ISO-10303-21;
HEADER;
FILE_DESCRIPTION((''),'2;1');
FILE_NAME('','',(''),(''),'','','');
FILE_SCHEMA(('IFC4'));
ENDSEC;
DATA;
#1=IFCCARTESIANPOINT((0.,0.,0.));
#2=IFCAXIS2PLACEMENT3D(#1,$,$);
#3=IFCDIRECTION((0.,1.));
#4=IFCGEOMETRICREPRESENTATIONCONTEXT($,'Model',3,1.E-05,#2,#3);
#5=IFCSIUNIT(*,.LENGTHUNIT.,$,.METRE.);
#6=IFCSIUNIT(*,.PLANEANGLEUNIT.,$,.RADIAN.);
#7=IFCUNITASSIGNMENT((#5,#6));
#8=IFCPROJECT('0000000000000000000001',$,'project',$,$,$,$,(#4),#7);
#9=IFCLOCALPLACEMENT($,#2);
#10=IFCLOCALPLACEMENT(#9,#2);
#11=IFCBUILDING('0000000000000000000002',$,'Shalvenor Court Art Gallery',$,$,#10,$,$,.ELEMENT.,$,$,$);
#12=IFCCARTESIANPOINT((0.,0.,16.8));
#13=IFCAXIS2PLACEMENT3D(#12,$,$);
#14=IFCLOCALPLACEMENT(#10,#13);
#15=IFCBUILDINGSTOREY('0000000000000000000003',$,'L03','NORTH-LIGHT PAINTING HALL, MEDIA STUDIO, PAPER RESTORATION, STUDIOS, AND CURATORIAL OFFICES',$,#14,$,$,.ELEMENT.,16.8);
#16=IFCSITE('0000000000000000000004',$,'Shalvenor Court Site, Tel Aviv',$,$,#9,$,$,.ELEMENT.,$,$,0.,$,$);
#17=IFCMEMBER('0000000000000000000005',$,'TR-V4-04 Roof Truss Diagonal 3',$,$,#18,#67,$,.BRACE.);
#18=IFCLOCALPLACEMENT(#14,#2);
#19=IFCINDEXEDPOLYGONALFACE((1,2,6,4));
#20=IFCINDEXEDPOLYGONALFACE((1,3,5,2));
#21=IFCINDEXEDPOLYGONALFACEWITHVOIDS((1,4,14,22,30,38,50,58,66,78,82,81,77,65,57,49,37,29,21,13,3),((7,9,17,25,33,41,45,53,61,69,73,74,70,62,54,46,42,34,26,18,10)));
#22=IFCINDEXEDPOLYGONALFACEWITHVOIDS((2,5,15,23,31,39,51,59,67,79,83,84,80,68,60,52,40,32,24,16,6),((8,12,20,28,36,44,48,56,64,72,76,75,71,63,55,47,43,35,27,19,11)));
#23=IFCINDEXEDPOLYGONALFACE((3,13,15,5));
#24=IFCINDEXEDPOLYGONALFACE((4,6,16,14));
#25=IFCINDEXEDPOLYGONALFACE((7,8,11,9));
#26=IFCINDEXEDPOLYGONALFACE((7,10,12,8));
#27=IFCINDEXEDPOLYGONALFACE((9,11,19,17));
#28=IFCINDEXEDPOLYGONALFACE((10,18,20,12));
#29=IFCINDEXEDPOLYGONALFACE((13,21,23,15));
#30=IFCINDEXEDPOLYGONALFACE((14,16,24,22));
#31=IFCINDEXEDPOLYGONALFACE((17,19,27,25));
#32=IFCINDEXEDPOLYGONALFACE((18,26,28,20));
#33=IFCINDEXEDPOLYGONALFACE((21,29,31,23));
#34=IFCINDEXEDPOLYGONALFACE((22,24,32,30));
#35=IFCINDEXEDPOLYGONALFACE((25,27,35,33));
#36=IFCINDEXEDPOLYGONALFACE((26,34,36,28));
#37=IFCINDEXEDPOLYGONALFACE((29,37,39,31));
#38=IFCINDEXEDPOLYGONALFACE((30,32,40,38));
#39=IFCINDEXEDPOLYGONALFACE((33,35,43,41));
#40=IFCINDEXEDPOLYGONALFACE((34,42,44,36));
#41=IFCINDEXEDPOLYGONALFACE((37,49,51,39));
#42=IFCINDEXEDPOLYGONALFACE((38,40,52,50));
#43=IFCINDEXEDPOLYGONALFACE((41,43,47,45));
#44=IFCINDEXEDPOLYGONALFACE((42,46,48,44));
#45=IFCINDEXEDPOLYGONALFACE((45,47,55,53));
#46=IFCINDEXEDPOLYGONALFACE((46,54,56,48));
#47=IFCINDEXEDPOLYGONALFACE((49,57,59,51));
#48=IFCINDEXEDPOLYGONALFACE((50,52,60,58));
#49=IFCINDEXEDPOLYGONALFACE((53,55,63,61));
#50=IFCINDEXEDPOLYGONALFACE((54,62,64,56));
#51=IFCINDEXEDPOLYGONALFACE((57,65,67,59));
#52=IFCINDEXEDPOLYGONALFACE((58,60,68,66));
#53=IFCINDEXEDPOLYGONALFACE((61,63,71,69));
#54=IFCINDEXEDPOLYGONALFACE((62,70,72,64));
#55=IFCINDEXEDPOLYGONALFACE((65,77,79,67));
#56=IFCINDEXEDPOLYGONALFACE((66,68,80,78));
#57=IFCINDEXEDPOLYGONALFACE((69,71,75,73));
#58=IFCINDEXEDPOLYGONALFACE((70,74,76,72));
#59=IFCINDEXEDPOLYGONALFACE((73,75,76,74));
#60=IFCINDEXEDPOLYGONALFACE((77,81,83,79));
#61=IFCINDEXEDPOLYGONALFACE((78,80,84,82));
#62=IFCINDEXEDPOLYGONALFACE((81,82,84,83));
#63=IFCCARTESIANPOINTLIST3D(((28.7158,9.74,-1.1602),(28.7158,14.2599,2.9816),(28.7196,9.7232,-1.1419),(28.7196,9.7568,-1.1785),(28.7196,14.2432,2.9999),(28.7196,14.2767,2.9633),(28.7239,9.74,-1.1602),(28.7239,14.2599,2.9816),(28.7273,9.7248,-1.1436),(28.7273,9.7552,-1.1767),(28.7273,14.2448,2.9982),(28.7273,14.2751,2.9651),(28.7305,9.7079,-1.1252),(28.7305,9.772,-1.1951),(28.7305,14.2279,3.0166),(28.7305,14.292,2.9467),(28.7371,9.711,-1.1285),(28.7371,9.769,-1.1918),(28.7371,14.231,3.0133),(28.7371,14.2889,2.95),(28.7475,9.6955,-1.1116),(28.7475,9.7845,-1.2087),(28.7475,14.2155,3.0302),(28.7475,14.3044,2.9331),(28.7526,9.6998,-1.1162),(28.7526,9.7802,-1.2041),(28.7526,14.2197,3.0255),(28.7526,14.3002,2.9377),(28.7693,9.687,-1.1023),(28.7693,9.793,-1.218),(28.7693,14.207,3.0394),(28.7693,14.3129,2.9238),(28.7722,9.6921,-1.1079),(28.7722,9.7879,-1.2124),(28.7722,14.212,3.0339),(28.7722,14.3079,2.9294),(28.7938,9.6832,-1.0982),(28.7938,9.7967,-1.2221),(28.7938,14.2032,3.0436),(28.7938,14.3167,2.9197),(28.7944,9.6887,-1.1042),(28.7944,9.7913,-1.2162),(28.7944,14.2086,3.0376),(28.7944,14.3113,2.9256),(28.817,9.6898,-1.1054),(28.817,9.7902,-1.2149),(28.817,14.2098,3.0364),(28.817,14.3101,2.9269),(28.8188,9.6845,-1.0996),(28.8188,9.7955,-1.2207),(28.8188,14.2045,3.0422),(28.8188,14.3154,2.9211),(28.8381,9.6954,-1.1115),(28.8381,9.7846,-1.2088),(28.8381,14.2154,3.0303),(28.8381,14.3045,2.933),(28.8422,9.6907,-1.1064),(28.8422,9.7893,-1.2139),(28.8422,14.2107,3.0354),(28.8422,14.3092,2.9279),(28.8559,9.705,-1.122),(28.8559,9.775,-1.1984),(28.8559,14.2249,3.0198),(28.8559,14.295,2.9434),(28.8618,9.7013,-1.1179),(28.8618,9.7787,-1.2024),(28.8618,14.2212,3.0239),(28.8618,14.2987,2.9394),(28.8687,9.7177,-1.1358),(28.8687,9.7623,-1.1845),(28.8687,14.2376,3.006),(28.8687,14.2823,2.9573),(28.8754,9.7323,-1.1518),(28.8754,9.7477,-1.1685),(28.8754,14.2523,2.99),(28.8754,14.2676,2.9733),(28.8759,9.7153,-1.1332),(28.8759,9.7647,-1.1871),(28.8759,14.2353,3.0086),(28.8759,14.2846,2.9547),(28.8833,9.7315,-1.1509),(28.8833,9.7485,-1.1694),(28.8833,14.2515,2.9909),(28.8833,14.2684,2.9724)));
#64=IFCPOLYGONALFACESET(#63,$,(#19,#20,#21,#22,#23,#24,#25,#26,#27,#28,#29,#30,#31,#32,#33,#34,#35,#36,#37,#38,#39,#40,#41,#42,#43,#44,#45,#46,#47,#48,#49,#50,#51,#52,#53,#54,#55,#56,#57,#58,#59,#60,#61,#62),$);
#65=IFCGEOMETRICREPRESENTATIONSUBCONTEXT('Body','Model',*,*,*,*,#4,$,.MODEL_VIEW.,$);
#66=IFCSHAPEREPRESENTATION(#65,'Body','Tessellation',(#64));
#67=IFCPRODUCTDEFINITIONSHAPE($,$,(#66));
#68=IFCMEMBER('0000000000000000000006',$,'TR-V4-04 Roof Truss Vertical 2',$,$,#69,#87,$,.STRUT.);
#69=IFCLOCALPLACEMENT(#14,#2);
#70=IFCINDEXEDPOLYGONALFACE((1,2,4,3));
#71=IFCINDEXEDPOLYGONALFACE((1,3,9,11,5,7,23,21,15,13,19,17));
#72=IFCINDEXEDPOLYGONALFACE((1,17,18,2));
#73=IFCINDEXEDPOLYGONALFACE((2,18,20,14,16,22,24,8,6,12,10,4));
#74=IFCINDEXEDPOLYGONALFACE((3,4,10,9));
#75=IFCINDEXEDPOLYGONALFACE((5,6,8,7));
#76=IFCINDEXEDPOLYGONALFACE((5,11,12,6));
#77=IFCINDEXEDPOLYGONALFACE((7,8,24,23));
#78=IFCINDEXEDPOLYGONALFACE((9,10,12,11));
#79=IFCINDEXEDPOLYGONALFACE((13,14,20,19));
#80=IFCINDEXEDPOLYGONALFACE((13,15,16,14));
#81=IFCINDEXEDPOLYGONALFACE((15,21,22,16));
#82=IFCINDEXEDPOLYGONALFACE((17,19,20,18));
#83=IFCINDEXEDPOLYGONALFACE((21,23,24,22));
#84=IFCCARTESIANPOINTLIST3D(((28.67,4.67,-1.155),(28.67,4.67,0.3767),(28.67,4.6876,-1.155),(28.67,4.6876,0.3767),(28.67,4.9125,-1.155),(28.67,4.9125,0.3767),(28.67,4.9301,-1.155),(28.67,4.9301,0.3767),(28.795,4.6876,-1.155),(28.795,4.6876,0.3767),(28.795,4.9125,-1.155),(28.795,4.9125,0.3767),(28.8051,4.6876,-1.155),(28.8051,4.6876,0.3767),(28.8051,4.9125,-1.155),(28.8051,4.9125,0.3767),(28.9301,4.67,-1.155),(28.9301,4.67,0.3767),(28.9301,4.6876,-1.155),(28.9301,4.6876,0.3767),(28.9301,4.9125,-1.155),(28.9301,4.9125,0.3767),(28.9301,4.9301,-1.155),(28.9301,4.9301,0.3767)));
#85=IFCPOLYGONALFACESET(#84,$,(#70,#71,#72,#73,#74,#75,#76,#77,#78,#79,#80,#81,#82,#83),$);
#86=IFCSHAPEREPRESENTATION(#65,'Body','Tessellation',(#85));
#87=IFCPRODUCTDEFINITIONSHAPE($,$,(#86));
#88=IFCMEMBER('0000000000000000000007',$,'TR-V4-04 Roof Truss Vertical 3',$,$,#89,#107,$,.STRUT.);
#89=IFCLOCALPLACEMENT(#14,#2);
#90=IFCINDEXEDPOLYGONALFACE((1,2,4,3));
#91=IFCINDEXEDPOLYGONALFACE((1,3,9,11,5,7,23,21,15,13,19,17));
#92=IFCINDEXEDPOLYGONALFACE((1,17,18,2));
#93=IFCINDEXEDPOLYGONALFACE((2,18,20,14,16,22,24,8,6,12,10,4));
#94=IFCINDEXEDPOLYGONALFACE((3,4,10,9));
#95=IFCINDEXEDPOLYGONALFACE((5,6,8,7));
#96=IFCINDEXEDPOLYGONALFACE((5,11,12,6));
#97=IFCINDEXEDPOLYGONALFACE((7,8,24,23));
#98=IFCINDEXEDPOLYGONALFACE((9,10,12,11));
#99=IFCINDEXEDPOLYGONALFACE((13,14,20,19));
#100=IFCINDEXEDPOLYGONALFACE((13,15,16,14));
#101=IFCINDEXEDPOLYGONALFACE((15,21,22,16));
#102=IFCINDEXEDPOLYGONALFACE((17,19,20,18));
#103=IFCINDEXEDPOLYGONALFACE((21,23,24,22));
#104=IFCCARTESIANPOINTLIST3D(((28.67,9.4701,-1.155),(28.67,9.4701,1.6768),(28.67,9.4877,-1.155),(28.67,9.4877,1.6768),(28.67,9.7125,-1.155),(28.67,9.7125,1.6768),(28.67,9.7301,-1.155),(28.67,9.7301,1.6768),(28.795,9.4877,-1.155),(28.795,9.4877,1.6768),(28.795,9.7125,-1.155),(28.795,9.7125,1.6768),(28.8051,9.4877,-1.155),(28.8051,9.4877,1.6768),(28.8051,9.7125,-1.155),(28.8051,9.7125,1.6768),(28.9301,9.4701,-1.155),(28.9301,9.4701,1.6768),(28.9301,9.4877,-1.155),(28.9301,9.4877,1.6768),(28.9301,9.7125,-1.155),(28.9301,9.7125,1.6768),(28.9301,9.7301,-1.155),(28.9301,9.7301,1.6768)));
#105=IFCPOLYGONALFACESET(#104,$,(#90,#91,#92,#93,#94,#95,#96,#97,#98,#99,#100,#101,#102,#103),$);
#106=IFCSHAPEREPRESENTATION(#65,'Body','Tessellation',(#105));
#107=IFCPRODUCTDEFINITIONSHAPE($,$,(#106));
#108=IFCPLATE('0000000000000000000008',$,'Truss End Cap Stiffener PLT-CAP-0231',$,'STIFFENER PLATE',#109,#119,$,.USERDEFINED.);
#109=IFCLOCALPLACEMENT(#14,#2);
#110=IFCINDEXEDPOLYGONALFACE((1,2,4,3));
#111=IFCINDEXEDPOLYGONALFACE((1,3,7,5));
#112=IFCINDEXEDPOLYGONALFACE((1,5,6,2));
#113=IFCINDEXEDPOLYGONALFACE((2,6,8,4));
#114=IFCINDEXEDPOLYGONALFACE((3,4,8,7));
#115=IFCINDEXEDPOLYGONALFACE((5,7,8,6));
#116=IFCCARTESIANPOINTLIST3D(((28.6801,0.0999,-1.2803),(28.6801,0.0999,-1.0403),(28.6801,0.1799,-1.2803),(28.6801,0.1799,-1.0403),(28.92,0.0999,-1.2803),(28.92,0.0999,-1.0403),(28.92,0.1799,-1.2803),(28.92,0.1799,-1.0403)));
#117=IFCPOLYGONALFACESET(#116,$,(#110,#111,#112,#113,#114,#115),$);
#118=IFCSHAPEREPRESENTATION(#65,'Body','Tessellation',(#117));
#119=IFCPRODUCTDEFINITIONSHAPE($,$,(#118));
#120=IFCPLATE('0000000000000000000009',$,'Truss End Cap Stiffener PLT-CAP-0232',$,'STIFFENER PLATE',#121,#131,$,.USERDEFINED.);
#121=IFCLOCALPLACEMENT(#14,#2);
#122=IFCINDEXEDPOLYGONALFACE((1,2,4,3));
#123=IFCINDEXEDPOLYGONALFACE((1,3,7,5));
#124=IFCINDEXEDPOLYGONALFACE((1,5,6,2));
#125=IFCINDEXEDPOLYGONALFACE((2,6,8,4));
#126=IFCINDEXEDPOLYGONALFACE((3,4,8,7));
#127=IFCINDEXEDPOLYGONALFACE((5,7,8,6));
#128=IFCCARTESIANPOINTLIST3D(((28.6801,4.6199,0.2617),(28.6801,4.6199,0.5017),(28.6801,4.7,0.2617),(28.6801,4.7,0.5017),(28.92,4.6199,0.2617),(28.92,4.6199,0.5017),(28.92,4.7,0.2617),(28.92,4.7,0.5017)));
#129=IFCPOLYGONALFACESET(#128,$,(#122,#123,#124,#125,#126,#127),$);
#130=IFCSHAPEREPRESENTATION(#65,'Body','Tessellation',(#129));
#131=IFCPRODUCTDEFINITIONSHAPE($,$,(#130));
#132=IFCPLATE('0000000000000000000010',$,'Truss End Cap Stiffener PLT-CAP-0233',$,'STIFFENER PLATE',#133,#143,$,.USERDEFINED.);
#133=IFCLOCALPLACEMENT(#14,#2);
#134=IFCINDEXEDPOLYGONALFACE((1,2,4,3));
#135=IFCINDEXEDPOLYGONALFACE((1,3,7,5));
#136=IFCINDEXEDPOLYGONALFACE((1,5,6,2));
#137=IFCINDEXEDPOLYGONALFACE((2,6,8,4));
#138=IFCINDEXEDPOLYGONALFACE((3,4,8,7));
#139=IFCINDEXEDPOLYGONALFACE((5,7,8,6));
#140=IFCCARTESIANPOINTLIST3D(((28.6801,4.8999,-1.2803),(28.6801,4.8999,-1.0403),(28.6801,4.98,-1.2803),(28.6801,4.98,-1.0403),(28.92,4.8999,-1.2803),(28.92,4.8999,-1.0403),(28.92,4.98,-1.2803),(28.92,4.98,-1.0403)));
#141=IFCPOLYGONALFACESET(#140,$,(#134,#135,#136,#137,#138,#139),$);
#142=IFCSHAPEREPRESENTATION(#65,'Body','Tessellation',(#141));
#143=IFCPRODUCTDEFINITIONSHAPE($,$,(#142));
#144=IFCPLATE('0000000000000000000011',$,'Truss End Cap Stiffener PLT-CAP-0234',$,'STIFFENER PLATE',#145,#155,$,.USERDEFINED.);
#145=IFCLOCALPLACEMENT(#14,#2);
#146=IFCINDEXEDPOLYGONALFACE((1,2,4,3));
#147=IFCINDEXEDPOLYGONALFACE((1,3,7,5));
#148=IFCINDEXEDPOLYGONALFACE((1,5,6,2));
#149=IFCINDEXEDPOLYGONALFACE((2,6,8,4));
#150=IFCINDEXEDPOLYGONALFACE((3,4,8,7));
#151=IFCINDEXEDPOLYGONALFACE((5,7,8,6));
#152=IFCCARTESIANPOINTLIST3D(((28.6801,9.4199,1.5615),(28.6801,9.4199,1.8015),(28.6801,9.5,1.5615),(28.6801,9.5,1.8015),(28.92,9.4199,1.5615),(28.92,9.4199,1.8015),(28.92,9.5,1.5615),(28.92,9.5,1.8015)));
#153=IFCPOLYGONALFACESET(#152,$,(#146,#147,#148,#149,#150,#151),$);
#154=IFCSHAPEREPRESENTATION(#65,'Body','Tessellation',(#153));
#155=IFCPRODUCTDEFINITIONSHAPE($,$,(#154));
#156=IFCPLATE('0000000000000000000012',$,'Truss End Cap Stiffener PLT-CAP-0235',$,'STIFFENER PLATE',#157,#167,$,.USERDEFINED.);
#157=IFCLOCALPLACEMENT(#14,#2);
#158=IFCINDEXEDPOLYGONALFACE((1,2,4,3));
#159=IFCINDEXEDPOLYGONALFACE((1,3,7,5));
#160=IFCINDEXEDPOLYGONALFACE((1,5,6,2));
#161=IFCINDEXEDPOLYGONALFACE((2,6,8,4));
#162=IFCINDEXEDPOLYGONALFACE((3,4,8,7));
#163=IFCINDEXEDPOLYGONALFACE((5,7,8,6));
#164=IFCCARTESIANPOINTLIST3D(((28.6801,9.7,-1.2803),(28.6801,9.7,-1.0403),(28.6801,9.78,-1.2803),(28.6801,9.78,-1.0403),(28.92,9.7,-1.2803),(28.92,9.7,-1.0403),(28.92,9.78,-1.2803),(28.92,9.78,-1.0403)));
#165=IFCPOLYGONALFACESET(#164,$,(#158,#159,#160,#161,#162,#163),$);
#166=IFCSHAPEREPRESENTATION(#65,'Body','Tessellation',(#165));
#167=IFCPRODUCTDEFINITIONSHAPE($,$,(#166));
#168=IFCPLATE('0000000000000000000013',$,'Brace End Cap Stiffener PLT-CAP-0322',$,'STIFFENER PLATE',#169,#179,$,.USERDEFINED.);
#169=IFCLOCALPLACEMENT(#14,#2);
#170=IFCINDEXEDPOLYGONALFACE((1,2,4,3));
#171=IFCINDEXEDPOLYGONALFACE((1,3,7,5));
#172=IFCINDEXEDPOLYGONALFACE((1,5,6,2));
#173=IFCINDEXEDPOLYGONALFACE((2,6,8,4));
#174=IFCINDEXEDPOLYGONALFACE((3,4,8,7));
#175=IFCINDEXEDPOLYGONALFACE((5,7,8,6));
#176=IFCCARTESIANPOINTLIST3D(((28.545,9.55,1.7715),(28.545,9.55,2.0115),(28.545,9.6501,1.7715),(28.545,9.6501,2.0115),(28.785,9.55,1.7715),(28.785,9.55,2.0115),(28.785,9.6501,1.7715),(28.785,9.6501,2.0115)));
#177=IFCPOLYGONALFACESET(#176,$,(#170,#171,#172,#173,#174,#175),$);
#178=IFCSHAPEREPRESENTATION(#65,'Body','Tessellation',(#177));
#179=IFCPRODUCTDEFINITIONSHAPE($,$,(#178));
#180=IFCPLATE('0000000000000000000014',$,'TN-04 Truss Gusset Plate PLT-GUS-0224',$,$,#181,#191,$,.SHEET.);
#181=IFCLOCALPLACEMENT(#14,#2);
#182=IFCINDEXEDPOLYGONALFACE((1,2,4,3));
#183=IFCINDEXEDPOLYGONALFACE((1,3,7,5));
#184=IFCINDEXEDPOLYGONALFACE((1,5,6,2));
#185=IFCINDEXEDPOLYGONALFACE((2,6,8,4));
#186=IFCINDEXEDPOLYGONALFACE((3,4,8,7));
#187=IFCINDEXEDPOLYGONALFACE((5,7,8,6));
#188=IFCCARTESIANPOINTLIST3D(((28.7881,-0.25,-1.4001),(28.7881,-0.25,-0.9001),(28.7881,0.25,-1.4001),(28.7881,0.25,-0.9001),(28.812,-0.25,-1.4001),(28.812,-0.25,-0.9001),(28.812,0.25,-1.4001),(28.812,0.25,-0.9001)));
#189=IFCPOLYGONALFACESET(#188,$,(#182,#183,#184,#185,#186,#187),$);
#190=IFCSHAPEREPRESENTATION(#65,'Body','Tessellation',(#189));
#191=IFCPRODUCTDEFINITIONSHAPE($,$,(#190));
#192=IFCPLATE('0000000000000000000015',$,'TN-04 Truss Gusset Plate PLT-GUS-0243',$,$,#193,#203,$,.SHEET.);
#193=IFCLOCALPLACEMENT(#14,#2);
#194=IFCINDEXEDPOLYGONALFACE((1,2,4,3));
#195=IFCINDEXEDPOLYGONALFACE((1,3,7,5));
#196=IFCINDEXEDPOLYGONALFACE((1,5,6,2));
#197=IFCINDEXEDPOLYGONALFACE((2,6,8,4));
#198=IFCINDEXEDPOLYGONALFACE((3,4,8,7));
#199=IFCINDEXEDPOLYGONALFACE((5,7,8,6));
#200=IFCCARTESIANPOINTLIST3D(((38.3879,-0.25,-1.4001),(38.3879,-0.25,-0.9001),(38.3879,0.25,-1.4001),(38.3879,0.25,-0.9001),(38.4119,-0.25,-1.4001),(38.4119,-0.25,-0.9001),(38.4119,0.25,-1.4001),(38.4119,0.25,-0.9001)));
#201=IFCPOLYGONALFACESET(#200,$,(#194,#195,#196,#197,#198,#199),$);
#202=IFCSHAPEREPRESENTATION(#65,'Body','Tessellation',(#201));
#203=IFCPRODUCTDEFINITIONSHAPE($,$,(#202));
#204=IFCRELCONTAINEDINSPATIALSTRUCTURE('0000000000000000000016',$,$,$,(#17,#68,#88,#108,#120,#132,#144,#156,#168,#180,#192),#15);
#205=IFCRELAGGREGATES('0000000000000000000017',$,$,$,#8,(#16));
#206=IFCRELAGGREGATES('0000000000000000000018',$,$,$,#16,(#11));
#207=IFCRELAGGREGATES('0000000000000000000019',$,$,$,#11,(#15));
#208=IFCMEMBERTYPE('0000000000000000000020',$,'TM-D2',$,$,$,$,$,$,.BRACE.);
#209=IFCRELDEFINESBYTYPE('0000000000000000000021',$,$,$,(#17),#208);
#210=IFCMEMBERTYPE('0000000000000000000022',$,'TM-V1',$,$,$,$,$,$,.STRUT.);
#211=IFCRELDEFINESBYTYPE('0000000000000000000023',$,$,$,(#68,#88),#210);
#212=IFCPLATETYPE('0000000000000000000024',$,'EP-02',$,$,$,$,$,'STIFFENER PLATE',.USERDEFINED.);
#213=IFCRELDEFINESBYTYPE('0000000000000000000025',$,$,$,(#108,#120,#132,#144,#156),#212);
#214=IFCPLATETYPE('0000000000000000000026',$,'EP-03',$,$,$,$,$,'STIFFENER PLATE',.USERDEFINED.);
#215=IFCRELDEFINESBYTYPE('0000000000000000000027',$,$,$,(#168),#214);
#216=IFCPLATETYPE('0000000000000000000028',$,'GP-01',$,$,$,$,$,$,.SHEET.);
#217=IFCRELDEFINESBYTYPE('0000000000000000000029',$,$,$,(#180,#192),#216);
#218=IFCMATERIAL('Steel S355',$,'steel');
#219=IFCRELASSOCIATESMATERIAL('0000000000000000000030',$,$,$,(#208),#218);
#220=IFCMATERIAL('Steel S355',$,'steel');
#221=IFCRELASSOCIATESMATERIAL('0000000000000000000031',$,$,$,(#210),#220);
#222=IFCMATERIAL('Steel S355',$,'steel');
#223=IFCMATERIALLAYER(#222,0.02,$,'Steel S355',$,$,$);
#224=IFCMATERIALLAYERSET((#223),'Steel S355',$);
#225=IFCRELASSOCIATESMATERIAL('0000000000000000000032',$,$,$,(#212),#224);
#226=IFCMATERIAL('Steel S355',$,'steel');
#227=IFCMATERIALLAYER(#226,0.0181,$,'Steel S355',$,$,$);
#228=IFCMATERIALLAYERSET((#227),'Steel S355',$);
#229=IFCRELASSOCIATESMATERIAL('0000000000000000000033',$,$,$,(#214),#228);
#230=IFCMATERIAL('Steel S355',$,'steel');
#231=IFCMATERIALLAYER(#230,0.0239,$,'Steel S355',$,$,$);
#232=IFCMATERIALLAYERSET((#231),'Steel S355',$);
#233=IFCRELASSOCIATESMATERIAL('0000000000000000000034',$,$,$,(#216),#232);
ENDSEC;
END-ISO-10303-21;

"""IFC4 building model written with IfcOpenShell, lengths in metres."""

from ifc_helpers import new_model, si_unit, direction, frame, origin, origin_2d, place, context, subcontext, project, spatial, rectangle, hollow_circle, i_section, extrude, material, layer, layer_set, material_profile, profile_set, type_object, element, save


model = new_model("IFC4")

# Units and contexts
model_context = context("Model", 3, precision=1e-05, world=origin(), true_north=direction((0.0, 1.0)))
body_context = subcontext(model_context, "Body", "Model", "MODEL_VIEW")
ifc_project = project(units=[si_unit("LENGTHUNIT", "METRE"), si_unit("PLANEANGLEUNIT", "RADIAN")], contexts=[model_context])

# Site, building, storey
site_placement = place(None, origin())
site = spatial("IfcSite", under=ifc_project, at=site_placement, Name="Shalvenor Court Site, Tel Aviv", CompositionType="ELEMENT", RefElevation=0.0)
building_placement = place(site_placement, origin())
building = spatial("IfcBuilding", under=site, at=building_placement, Name="Shalvenor Court Art Gallery", CompositionType="ELEMENT")
storey_placement = place(building_placement, frame((0.0, 0.0, 16.8)))
storey = spatial("IfcBuildingStorey", under=building, at=storey_placement, Name="L03", Description="NORTH-LIGHT PAINTING HALL, MEDIA STUDIO, PAPER RESTORATION, STUDIOS, AND CURATORIAL OFFICES", CompositionType="ELEMENT", Elevation=16.8)

# Members
ifc_material_1 = material(Name="Steel S355", Category="steel")
ifc_material_profile_1 = material_profile(ifc_material_1, hollow_circle(Radius=0.0842, WallThickness=0.0081, at=origin_2d()), Name="CHS 168.3x8.0")
ifc_profile_set_1 = profile_set([ifc_material_profile_1], Name="Steel S355")
member_type_1 = type_object("IfcMemberType", Name="TM-D2", PredefinedType="BRACE", material=ifc_profile_set_1)
member_1_placement = place(storey_placement, frame((28.8, 9.74, -1.1602), z_axis=(0.0, 0.737276, 0.675591), x_axis=(-1.0, 0.0, 0.0)))
element("IfcMember", 1, at=member_1_placement, inside=storey, type_object=member_type_1, Name="TR-V4-04 Roof Truss Diagonal 3", PredefinedType="BRACE", context=body_context, shape_type="SweptSolid", body=[
    extrude(hollow_circle(Radius=0.0842, WallThickness=0.0081, at=origin_2d()), origin(), (0.0, 0.0, 1.0), 6.1306),
])
ifc_material_2 = material(Name="Steel S355", Category="steel")
ifc_material_profile_2 = material_profile(ifc_material_2, i_section(OverallWidth=0.26, OverallDepth=0.26, WebThickness=0.01, FlangeThickness=0.0176, at=origin_2d()), Name="HEB 260")
ifc_profile_set_2 = profile_set([ifc_material_profile_2], Name="Steel S355")
member_type_2 = type_object("IfcMemberType", Name="TM-V1", PredefinedType="STRUT", material=ifc_profile_set_2)
member_2_placement = place(storey_placement, frame((28.8, 4.8, -1.155), z_axis=(0.0, 0.0, 1.0), x_axis=(1.0, 0.0, 0.0)))
element("IfcMember", 2, at=member_2_placement, inside=storey, type_object=member_type_2, Name="TR-V4-04 Roof Truss Vertical 2", PredefinedType="STRUT", context=body_context, shape_type="SweptSolid", body=[
    extrude(i_section(OverallWidth=0.26, OverallDepth=0.26, WebThickness=0.01, FlangeThickness=0.0176, at=origin_2d()), origin(), (0.0, 0.0, 1.0), 1.5317),
])
member_3_placement = place(storey_placement, frame((28.8, 9.6001, -1.155), z_axis=(0.0, 0.0, 1.0), x_axis=(1.0, 0.0, 0.0)))
element("IfcMember", 3, at=member_3_placement, inside=storey, type_object=member_type_2, Name="TR-V4-04 Roof Truss Vertical 3", PredefinedType="STRUT", context=body_context, shape_type="SweptSolid", body=[
    extrude(i_section(OverallWidth=0.26, OverallDepth=0.26, WebThickness=0.01, FlangeThickness=0.0176, at=origin_2d()), origin(), (0.0, 0.0, 1.0), 2.8318),
])

# Plates
ifc_material_3 = material(Name="Steel S355", Category="steel")
ifc_layer_1 = layer(ifc_material_3, 0.02, Name="Steel S355")
ifc_layer_set_1 = layer_set([ifc_layer_1], Name="Steel S355")
plate_type_1 = type_object("IfcPlateType", Name="EP-02", ElementType="STIFFENER PLATE", PredefinedType="USERDEFINED", material=ifc_layer_set_1)
for number, where, z_axis, x_axis, name in (
    (4, (28.8, 0.1399, -1.2803), (0.0, 0.0, 1.0), (1.0, 0.0, 0.0), "Truss End Cap Stiffener PLT-CAP-0231"),
    (5, (28.8, 4.6599, 0.2617), (0.0, 0.0, 1.0), (1.0, 0.0, 0.0), "Truss End Cap Stiffener PLT-CAP-0232"),
    (6, (28.8, 4.9399, -1.2803), (0.0, 0.0, 1.0), (1.0, 0.0, 0.0), "Truss End Cap Stiffener PLT-CAP-0233"),
    (7, (28.8, 9.46, 1.5615), (0.0, 0.0, 1.0), (1.0, 0.0, 0.0), "Truss End Cap Stiffener PLT-CAP-0234"),
    (8, (28.8, 9.74, -1.2803), (0.0, 0.0, 1.0), (1.0, 0.0, 0.0), "Truss End Cap Stiffener PLT-CAP-0235"),
):
    element("IfcPlate", number, at=place(storey_placement, frame(where, z_axis=z_axis, x_axis=x_axis)), inside=storey, type_object=plate_type_1, Name=name, ObjectType="STIFFENER PLATE", PredefinedType="USERDEFINED", context=body_context, shape_type="SweptSolid", body=[
        extrude(rectangle(XDim=0.24, YDim=0.0801, at=origin_2d()), origin(), (0.0, 0.0, 1.0), 0.24),
    ])
ifc_material_4 = material(Name="Steel S355", Category="steel")
ifc_layer_2 = layer(ifc_material_4, 0.0181, Name="Steel S355")
ifc_layer_set_2 = layer_set([ifc_layer_2], Name="Steel S355")
plate_type_2 = type_object("IfcPlateType", Name="EP-03", ElementType="STIFFENER PLATE", PredefinedType="USERDEFINED", material=ifc_layer_set_2)
plate_1_placement = place(storey_placement, frame((28.665, 9.6001, 1.7715), z_axis=(0.0, 0.0, 1.0), x_axis=(1.0, 0.0, 0.0)))
element("IfcPlate", 9, at=plate_1_placement, inside=storey, type_object=plate_type_2, Name="Brace End Cap Stiffener PLT-CAP-0322", ObjectType="STIFFENER PLATE", PredefinedType="USERDEFINED", context=body_context, shape_type="SweptSolid", body=[
    extrude(rectangle(XDim=0.24, YDim=0.1001, at=origin_2d()), origin(), (0.0, 0.0, 1.0), 0.24),
])
ifc_material_5 = material(Name="Steel S355", Category="steel")
ifc_layer_3 = layer(ifc_material_5, 0.0239, Name="Steel S355")
ifc_layer_set_3 = layer_set([ifc_layer_3], Name="Steel S355")
plate_type_3 = type_object("IfcPlateType", Name="GP-01", PredefinedType="SHEET", material=ifc_layer_set_3)
for number, where, z_axis, x_axis, name in (
    (10, (28.8, 0.0, -1.4001), (0.0, 0.0, 1.0), (0.0, 1.0, 0.0), "TN-04 Truss Gusset Plate PLT-GUS-0224"),
    (11, (38.3999, 0.0, -1.4001), (0.0, 0.0, 1.0), (0.0, 1.0, 0.0), "TN-04 Truss Gusset Plate PLT-GUS-0243"),
):
    element("IfcPlate", number, at=place(storey_placement, frame(where, z_axis=z_axis, x_axis=x_axis)), inside=storey, type_object=plate_type_3, Name=name, PredefinedType="SHEET", context=body_context, shape_type="SweptSolid", body=[
        extrude(rectangle(XDim=0.5, YDim=0.0239, at=origin_2d()), origin(), (0.0, 0.0, 1.0), 0.5),
    ])

save(model, "model.ifc")
